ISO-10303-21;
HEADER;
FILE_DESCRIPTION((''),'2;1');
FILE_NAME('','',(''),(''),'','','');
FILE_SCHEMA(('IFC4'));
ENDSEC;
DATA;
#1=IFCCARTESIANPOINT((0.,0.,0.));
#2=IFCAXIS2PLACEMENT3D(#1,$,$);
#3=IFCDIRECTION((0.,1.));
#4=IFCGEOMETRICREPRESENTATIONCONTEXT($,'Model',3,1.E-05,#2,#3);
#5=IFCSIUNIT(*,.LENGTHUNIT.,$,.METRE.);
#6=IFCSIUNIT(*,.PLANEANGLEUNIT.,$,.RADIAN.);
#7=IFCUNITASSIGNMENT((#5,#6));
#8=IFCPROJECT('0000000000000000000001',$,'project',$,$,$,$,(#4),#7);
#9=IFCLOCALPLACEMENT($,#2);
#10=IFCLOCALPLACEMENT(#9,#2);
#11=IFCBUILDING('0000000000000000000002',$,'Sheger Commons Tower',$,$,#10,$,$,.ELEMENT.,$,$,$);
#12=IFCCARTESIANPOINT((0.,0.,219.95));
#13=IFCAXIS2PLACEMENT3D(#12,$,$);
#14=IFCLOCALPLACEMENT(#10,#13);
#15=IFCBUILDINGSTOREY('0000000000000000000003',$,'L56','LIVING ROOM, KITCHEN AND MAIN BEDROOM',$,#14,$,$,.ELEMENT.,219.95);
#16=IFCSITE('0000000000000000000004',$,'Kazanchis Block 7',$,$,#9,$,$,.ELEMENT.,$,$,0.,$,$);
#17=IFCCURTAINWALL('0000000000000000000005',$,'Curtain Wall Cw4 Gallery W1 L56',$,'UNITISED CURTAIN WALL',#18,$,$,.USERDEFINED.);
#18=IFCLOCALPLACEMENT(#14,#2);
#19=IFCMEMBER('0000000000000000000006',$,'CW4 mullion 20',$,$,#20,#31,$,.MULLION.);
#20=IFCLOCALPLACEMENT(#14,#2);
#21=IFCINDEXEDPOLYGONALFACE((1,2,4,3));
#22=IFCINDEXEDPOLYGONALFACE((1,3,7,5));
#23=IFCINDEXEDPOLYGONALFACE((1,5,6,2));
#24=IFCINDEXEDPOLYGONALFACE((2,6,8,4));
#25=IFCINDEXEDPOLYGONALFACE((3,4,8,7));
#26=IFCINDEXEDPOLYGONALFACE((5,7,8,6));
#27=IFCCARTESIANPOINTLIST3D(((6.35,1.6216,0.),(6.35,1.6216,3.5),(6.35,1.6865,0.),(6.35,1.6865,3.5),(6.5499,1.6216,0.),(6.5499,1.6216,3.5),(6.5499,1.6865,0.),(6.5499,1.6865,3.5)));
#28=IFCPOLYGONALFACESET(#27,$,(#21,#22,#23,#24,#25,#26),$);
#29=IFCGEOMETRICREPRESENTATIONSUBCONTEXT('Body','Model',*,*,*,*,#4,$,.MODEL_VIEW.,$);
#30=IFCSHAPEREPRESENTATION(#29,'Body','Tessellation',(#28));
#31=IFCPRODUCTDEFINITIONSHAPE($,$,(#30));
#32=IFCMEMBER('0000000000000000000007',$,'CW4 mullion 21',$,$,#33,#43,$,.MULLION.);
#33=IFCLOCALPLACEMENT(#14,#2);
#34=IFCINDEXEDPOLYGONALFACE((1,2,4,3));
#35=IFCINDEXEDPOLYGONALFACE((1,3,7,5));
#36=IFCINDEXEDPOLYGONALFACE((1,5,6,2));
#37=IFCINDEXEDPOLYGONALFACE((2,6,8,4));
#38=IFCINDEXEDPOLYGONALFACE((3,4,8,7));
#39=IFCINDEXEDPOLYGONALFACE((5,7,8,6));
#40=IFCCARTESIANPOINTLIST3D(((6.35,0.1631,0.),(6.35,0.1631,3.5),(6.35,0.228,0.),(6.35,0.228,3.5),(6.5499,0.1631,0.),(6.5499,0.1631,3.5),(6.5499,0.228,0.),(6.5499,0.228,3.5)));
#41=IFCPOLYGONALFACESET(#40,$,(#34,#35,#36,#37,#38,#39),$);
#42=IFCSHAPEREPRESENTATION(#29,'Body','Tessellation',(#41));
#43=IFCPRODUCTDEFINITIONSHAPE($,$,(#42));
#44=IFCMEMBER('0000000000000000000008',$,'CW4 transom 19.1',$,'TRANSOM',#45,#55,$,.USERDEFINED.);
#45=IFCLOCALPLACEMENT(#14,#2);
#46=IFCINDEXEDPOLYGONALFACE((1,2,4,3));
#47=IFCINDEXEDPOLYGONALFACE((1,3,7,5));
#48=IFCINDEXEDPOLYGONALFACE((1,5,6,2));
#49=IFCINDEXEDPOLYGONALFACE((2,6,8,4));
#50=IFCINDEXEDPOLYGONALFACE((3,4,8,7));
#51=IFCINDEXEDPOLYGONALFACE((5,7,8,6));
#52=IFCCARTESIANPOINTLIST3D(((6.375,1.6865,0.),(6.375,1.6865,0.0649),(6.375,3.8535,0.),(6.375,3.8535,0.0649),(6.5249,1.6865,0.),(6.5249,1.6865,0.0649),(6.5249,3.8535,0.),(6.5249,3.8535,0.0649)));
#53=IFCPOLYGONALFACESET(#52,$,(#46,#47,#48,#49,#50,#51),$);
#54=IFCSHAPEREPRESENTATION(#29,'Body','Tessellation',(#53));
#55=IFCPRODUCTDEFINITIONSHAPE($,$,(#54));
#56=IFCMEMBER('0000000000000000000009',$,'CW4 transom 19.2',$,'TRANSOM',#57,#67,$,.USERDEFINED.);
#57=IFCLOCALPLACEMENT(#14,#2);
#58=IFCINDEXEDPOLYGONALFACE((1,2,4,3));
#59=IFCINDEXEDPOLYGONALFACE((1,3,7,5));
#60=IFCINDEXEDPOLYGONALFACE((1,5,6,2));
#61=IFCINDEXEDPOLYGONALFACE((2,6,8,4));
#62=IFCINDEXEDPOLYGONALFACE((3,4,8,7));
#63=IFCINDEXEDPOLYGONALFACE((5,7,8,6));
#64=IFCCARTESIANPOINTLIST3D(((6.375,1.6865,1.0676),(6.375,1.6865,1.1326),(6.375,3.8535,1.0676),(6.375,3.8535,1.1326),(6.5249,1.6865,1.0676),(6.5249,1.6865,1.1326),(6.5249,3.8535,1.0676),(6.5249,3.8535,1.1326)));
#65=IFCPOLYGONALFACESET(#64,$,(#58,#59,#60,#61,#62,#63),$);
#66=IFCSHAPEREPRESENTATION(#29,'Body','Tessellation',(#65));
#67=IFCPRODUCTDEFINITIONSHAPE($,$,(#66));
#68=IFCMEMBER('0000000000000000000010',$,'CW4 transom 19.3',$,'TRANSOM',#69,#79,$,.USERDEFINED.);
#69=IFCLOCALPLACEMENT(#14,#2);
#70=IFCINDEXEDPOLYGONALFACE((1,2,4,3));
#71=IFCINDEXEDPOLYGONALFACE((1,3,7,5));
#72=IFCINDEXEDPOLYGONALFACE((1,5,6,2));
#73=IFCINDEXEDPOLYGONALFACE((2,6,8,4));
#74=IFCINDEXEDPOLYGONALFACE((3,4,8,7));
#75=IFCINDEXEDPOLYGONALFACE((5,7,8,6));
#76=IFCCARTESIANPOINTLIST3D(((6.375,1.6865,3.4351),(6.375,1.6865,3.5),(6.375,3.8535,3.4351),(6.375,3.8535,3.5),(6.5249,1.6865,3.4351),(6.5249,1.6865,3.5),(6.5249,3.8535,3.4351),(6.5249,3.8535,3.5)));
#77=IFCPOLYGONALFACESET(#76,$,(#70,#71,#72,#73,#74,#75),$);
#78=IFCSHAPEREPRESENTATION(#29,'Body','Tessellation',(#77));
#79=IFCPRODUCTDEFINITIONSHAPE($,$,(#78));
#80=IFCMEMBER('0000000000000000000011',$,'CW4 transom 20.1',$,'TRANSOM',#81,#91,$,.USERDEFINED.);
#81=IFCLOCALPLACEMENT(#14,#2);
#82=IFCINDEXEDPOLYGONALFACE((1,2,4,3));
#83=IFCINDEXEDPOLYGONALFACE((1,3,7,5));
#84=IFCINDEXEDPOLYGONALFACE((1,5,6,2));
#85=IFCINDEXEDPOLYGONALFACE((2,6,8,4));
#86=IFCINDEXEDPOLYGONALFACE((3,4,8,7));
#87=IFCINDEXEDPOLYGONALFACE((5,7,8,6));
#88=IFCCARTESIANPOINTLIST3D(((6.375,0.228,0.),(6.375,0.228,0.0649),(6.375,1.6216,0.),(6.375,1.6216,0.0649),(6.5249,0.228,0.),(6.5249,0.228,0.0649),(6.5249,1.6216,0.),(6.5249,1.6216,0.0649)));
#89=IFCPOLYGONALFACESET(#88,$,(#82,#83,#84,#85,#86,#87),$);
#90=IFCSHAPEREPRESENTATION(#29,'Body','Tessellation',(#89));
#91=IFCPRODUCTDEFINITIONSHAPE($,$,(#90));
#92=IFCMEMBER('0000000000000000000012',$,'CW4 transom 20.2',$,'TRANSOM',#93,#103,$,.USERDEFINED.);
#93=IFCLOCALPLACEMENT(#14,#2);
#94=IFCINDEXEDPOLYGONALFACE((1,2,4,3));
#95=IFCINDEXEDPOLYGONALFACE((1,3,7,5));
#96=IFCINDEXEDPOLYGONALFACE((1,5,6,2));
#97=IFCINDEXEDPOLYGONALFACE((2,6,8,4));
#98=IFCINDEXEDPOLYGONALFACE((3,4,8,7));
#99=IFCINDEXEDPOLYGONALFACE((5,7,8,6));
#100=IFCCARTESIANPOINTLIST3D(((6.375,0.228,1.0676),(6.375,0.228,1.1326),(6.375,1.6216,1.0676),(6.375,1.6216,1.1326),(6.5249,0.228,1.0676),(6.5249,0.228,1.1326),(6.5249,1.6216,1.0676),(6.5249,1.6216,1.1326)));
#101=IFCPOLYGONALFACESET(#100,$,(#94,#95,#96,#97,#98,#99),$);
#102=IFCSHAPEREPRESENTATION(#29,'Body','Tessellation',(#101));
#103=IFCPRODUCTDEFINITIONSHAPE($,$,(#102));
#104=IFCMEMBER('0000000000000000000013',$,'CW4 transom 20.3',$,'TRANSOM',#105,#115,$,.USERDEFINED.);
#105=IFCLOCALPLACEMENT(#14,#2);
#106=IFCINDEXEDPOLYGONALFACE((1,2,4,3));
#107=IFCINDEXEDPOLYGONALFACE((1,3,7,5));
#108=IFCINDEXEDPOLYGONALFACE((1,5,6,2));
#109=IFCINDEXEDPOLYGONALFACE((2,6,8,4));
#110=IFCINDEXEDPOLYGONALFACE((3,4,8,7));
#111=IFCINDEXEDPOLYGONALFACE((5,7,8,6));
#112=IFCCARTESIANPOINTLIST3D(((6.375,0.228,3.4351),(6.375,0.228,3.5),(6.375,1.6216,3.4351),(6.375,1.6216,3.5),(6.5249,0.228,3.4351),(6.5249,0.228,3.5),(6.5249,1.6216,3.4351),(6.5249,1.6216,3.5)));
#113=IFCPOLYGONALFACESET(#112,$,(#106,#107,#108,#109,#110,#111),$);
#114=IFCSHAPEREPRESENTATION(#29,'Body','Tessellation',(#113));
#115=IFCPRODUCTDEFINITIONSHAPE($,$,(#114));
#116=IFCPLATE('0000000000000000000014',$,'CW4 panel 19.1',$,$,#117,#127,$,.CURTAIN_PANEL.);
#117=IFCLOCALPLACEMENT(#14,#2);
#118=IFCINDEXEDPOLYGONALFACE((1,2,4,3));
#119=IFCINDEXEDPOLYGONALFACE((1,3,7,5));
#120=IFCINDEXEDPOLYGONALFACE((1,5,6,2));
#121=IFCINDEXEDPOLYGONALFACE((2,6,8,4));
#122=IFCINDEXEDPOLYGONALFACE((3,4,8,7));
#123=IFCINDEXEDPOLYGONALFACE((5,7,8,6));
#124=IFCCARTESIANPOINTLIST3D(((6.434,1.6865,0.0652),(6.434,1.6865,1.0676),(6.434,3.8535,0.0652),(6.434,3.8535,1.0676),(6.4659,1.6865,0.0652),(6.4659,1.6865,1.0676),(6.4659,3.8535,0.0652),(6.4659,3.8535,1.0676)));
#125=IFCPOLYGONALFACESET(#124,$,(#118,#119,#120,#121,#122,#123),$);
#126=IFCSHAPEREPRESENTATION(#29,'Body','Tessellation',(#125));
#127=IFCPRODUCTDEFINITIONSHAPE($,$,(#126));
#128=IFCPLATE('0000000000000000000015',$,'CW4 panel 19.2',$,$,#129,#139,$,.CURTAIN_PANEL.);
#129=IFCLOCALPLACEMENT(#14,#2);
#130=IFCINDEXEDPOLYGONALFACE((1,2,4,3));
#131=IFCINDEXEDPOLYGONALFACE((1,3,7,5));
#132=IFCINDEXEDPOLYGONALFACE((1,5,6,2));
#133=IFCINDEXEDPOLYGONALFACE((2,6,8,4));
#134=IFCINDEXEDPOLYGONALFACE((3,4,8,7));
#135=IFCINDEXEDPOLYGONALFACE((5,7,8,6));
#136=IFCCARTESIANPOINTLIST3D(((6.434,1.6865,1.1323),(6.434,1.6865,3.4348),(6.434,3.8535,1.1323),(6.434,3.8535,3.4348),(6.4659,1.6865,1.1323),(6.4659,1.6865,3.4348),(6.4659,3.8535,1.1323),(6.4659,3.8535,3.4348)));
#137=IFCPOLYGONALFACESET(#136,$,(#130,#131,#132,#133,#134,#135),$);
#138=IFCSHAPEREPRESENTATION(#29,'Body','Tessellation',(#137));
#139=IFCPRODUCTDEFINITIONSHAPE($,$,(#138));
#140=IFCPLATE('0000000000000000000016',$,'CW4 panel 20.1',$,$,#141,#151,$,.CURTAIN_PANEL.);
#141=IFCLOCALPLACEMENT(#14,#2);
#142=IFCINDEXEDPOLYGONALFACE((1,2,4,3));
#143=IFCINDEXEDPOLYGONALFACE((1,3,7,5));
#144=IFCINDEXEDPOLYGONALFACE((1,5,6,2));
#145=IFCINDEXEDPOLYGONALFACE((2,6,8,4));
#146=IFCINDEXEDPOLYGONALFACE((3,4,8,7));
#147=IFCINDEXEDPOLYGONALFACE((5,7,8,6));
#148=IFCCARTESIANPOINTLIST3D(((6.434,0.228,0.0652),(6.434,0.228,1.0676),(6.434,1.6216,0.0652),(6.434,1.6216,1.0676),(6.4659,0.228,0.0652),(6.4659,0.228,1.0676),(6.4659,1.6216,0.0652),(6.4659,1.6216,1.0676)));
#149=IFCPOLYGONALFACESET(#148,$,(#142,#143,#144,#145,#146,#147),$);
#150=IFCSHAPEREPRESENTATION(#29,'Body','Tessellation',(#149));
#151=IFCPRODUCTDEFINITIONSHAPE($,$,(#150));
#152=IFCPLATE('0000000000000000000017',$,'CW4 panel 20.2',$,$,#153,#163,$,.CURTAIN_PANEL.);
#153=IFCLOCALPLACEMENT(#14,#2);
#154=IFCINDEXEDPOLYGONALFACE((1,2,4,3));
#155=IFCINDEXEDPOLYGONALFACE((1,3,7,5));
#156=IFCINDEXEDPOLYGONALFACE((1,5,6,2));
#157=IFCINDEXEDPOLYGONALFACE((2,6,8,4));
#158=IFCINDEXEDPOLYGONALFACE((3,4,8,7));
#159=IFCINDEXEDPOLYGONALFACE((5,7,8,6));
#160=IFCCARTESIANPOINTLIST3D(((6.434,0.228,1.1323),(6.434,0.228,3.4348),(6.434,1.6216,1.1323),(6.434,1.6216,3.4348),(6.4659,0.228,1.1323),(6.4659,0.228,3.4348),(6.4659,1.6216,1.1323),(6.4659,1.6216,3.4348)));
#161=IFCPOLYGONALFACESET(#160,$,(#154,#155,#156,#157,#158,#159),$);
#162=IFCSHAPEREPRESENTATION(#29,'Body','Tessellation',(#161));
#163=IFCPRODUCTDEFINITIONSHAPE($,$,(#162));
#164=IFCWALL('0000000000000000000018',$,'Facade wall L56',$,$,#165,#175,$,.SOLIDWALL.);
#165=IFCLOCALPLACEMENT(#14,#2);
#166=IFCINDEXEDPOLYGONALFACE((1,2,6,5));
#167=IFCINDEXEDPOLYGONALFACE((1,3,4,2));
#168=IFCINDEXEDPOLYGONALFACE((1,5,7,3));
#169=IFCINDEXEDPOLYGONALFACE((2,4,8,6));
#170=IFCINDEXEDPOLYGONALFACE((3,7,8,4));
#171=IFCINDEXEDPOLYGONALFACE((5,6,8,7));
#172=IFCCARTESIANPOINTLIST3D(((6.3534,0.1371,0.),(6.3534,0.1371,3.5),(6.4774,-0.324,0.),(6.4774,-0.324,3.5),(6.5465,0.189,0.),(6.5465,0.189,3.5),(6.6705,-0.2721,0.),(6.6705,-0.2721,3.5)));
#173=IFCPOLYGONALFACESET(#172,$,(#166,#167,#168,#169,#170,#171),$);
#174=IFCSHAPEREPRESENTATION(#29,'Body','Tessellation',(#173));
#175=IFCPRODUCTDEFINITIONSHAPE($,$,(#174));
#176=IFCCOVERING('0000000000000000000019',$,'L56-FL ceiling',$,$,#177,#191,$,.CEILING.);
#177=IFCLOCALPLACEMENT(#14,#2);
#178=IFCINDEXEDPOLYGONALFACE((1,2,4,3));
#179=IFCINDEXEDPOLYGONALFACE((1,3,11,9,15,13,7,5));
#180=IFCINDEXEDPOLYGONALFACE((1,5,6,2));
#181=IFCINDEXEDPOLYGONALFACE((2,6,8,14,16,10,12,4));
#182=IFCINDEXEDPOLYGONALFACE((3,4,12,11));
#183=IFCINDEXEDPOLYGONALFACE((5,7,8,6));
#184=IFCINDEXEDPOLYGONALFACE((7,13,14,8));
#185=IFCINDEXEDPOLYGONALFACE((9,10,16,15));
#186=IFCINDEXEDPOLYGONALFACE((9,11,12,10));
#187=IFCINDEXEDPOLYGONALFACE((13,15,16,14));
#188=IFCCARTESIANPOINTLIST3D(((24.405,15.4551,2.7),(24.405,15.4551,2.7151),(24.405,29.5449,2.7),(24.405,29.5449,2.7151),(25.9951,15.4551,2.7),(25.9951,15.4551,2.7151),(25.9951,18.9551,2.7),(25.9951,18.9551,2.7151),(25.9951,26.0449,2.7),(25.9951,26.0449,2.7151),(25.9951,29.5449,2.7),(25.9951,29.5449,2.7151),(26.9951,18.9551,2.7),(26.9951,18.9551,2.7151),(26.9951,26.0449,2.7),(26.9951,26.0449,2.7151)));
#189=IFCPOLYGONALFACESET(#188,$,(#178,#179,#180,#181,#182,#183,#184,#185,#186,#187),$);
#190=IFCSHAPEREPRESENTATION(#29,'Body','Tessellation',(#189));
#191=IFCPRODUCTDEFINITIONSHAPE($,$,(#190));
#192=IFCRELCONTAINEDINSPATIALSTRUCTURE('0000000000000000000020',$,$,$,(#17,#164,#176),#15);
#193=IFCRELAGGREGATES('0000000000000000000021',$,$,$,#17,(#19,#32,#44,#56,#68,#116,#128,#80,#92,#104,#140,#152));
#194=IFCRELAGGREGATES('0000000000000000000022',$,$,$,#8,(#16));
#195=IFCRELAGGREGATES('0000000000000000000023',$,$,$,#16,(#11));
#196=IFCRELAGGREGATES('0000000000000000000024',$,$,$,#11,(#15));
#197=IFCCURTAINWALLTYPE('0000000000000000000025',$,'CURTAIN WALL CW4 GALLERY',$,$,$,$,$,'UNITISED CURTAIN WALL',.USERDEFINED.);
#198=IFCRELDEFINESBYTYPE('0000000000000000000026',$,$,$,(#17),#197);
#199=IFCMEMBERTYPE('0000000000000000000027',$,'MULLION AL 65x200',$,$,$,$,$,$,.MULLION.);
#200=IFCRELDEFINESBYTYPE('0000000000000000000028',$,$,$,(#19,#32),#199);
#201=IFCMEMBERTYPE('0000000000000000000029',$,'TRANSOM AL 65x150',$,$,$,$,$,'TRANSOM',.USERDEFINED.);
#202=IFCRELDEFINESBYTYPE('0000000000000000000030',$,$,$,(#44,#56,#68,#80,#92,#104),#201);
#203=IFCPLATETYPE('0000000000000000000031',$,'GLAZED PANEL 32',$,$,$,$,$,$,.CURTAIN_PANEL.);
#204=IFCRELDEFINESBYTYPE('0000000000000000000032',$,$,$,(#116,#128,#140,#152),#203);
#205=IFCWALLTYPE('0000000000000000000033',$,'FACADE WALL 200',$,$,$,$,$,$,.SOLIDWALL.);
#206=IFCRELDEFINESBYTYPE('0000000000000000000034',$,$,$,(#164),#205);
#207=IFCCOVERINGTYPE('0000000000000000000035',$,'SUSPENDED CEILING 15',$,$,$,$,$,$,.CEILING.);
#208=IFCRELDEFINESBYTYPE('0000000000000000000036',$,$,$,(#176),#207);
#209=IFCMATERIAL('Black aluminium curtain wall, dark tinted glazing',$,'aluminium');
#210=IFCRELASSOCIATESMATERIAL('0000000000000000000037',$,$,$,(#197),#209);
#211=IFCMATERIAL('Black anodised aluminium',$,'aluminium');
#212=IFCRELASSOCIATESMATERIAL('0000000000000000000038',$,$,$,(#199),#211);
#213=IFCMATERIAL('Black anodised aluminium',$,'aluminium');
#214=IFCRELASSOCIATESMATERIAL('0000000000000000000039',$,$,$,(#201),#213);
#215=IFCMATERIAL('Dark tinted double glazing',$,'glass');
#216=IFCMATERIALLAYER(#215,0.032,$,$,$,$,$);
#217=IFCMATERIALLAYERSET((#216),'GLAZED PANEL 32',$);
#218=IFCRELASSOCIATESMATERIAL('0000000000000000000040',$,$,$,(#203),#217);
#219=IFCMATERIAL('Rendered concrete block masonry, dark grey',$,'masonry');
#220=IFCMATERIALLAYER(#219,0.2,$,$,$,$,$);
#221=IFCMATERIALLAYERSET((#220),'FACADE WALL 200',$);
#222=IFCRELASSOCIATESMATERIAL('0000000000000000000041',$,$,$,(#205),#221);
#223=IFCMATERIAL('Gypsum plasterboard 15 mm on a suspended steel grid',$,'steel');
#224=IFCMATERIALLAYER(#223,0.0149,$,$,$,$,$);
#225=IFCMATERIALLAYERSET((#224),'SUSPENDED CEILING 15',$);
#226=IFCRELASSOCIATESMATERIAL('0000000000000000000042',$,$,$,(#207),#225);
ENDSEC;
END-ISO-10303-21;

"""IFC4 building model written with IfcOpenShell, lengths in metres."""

from ifc_helpers import new_model, si_unit, direction, frame, frame_2d, origin, origin_2d, place, context, subcontext, project, spatial, polyline, rectangle, outline, extrude, material, layer, layer_set, material_profile, profile_set, type_object, element, aggregate, save


model = new_model("IFC4")

# Units and contexts
model_context = context("Model", 3, precision=1e-05, world=origin(), true_north=direction((0.0, 1.0)))
body_context = subcontext(model_context, "Body", "Model", "MODEL_VIEW")
ifc_project = project(units=[si_unit("LENGTHUNIT", "METRE"), si_unit("PLANEANGLEUNIT", "RADIAN")], contexts=[model_context])

# Site, building, storey
site_placement = place(None, origin())
site = spatial("IfcSite", under=ifc_project, at=site_placement, Name="Kazanchis Block 7", CompositionType="ELEMENT", RefElevation=0.0)
building_placement = place(site_placement, origin())
building = spatial("IfcBuilding", under=site, at=building_placement, Name="Sheger Commons Tower", CompositionType="ELEMENT")
storey_placement = place(building_placement, frame((0.0, 0.0, 219.95)))
storey = spatial("IfcBuildingStorey", under=building, at=storey_placement, Name="L56", Description="LIVING ROOM, KITCHEN AND MAIN BEDROOM", CompositionType="ELEMENT", Elevation=219.95)

# Curtain wall, members, plates
ifc_material_1 = material(Name="Black aluminium curtain wall, dark tinted glazing", Category="aluminium")
curtain_wall_type = type_object("IfcCurtainWallType", Name="CURTAIN WALL CW4 GALLERY", ElementType="UNITISED CURTAIN WALL", PredefinedType="USERDEFINED", material=ifc_material_1)
curtain_wall_placement = place(storey_placement, origin())
curtain_wall = element("IfcCurtainWall", 1, at=curtain_wall_placement, inside=storey, type_object=curtain_wall_type, Name="Curtain Wall Cw4 Gallery W1 L56", ObjectType="UNITISED CURTAIN WALL", PredefinedType="USERDEFINED")
ifc_material_2 = material(Name="Black anodised aluminium", Category="aluminium")
ifc_material_profile_1 = material_profile(ifc_material_2, rectangle(XDim=0.2, YDim=0.0649, at=origin_2d()), Name="AL 65x200")
ifc_profile_set_1 = profile_set([ifc_material_profile_1], Name="Black anodised aluminium")
member_type_1 = type_object("IfcMemberType", Name="MULLION AL 65x200", PredefinedType="MULLION", material=ifc_profile_set_1)
member_1_placement = place(storey_placement, frame((6.45, 1.6541, 0.0), z_axis=(0.0, 0.0, 1.0), x_axis=(1.0, 0.0, 0.0)))
member_1 = element("IfcMember", 2, at=member_1_placement, type_object=member_type_1, Name="CW4 mullion 20", PredefinedType="MULLION", context=body_context, shape_type="SweptSolid", body=[
    extrude(rectangle(XDim=0.2, YDim=0.0649, at=origin_2d()), origin(), (0.0, 0.0, 1.0), 3.5),
])
member_2_placement = place(storey_placement, frame((6.45, 0.1956, 0.0), z_axis=(0.0, 0.0, 1.0), x_axis=(1.0, 0.0, 0.0)))
member_2 = element("IfcMember", 3, at=member_2_placement, type_object=member_type_1, Name="CW4 mullion 21", PredefinedType="MULLION", context=body_context, shape_type="SweptSolid", body=[
    extrude(rectangle(XDim=0.2, YDim=0.0649, at=origin_2d()), origin(), (0.0, 0.0, 1.0), 3.5),
])
ifc_material_3 = material(Name="Black anodised aluminium", Category="aluminium")
ifc_material_profile_2 = material_profile(ifc_material_3, rectangle(XDim=0.1499, YDim=0.0649, at=origin_2d()), Name="AL 65x150")
ifc_profile_set_2 = profile_set([ifc_material_profile_2], Name="Black anodised aluminium")
member_type_2 = type_object("IfcMemberType", Name="TRANSOM AL 65x150", ElementType="TRANSOM", PredefinedType="USERDEFINED", material=ifc_profile_set_2)
member_3_placement = place(storey_placement, frame((6.45, 3.8535, 0.0325), z_axis=(0.0, -1.0, 0.0), x_axis=(1.0, 0.0, 0.0)))
member_3 = element("IfcMember", 4, at=member_3_placement, type_object=member_type_2, Name="CW4 transom 19.1", ObjectType="TRANSOM", PredefinedType="USERDEFINED", context=body_context, shape_type="SweptSolid", body=[
    extrude(rectangle(XDim=0.1499, YDim=0.0649, at=origin_2d()), origin(), (0.0, 0.0, 1.0), 2.167),
])
member_4_placement = place(storey_placement, frame((6.45, 3.8535, 1.1001), z_axis=(0.0, -1.0, 0.0), x_axis=(1.0, 0.0, 0.0)))
member_4 = element("IfcMember", 5, at=member_4_placement, type_object=member_type_2, Name="CW4 transom 19.2", ObjectType="TRANSOM", PredefinedType="USERDEFINED", context=body_context, shape_type="SweptSolid", body=[
    extrude(rectangle(XDim=0.1499, YDim=0.0649, at=origin_2d()), origin(), (0.0, 0.0, 1.0), 2.167),
])
member_5_placement = place(storey_placement, frame((6.45, 3.8535, 3.4675), z_axis=(0.0, -1.0, 0.0), x_axis=(1.0, 0.0, 0.0)))
member_5 = element("IfcMember", 6, at=member_5_placement, type_object=member_type_2, Name="CW4 transom 19.3", ObjectType="TRANSOM", PredefinedType="USERDEFINED", context=body_context, shape_type="SweptSolid", body=[
    extrude(rectangle(XDim=0.1499, YDim=0.0649, at=origin_2d()), origin(), (0.0, 0.0, 1.0), 2.167),
])
member_6_placement = place(storey_placement, frame((6.45, 1.6216, 0.0325), z_axis=(0.0, -1.0, 0.0), x_axis=(1.0, 0.0, 0.0)))
member_6 = element("IfcMember", 7, at=member_6_placement, type_object=member_type_2, Name="CW4 transom 20.1", ObjectType="TRANSOM", PredefinedType="USERDEFINED", context=body_context, shape_type="SweptSolid", body=[
    extrude(rectangle(XDim=0.1499, YDim=0.0649, at=origin_2d()), origin(), (0.0, 0.0, 1.0), 1.3936),
])
member_7_placement = place(storey_placement, frame((6.45, 1.6216, 1.1001), z_axis=(0.0, -1.0, 0.0), x_axis=(1.0, 0.0, 0.0)))
member_7 = element("IfcMember", 8, at=member_7_placement, type_object=member_type_2, Name="CW4 transom 20.2", ObjectType="TRANSOM", PredefinedType="USERDEFINED", context=body_context, shape_type="SweptSolid", body=[
    extrude(rectangle(XDim=0.1499, YDim=0.0649, at=origin_2d()), origin(), (0.0, 0.0, 1.0), 1.3936),
])
member_8_placement = place(storey_placement, frame((6.45, 1.6216, 3.4675), z_axis=(0.0, -1.0, 0.0), x_axis=(1.0, 0.0, 0.0)))
member_8 = element("IfcMember", 9, at=member_8_placement, type_object=member_type_2, Name="CW4 transom 20.3", ObjectType="TRANSOM", PredefinedType="USERDEFINED", context=body_context, shape_type="SweptSolid", body=[
    extrude(rectangle(XDim=0.1499, YDim=0.0649, at=origin_2d()), origin(), (0.0, 0.0, 1.0), 1.3936),
])
ifc_material_4 = material(Name="Dark tinted double glazing", Category="glass")
ifc_layer_1 = layer(ifc_material_4, 0.032)
ifc_layer_set_1 = layer_set([ifc_layer_1], Name="GLAZED PANEL 32")
plate_type = type_object("IfcPlateType", Name="GLAZED PANEL 32", PredefinedType="CURTAIN_PANEL", material=ifc_layer_set_1)
plate_1_placement = place(storey_placement, frame((6.45, 2.77, 0.0652), z_axis=(0.0, 0.0, 1.0), x_axis=(0.0, -1.0, 0.0)))
plate_1 = element("IfcPlate", 10, at=plate_1_placement, type_object=plate_type, Name="CW4 panel 19.1", PredefinedType="CURTAIN_PANEL", context=body_context, shape_type="SweptSolid", body=[
    extrude(rectangle(XDim=2.167, YDim=0.032, at=origin_2d()), origin(), (0.0, 0.0, 1.0), 1.0024),
])
plate_2_placement = place(storey_placement, frame((6.45, 2.77, 1.1323), z_axis=(0.0, 0.0, 1.0), x_axis=(0.0, -1.0, 0.0)))
plate_2 = element("IfcPlate", 11, at=plate_2_placement, type_object=plate_type, Name="CW4 panel 19.2", PredefinedType="CURTAIN_PANEL", context=body_context, shape_type="SweptSolid", body=[
    extrude(rectangle(XDim=2.167, YDim=0.032, at=origin_2d()), origin(), (0.0, 0.0, 1.0), 2.3025),
])
plate_3_placement = place(storey_placement, frame((6.45, 0.9248, 0.0652), z_axis=(0.0, 0.0, 1.0), x_axis=(0.0, -1.0, 0.0)))
plate_3 = element("IfcPlate", 12, at=plate_3_placement, type_object=plate_type, Name="CW4 panel 20.1", PredefinedType="CURTAIN_PANEL", context=body_context, shape_type="SweptSolid", body=[
    extrude(rectangle(XDim=1.3936, YDim=0.032, at=origin_2d()), origin(), (0.0, 0.0, 1.0), 1.0024),
])
plate_4_placement = place(storey_placement, frame((6.45, 0.9248, 1.1323), z_axis=(0.0, 0.0, 1.0), x_axis=(0.0, -1.0, 0.0)))
plate_4 = element("IfcPlate", 13, at=plate_4_placement, type_object=plate_type, Name="CW4 panel 20.2", PredefinedType="CURTAIN_PANEL", context=body_context, shape_type="SweptSolid", body=[
    extrude(rectangle(XDim=1.3936, YDim=0.032, at=origin_2d()), origin(), (0.0, 0.0, 1.0), 2.3025),
])
aggregate(curtain_wall, [member_1, member_2, member_3, member_4, member_5, plate_1, plate_2, member_6, member_7, member_8, plate_3, plate_4])

# Wall
ifc_material_5 = material(Name="Rendered concrete block masonry, dark grey", Category="masonry")
ifc_layer_2 = layer(ifc_material_5, 0.2)
ifc_layer_set_2 = layer_set([ifc_layer_2], Name="FACADE WALL 200")
wall_type = type_object("IfcWallType", Name="FACADE WALL 200", PredefinedType="SOLIDWALL", material=ifc_layer_set_2)
wall_placement = place(storey_placement, frame((6.45, 0.1631, 0.0), z_axis=(0.0, 0.0, 1.0), x_axis=(0.259698, -0.96569, 0.0)))
element("IfcWall", 14, at=wall_placement, inside=storey, type_object=wall_type, Name="Facade wall L56", PredefinedType="SOLIDWALL", context=body_context, shape_type="SweptSolid", body=[
    extrude(rectangle(XDim=0.4775, YDim=0.2, at=frame_2d((0.2388, 0.0))), origin(), (0.0, 0.0, 1.0), 3.5),
])

# Covering
ifc_material_6 = material(Name="Gypsum plasterboard 15 mm on a suspended steel grid", Category="steel")
ifc_layer_3 = layer(ifc_material_6, 0.0149)
ifc_layer_set_3 = layer_set([ifc_layer_3], Name="SUSPENDED CEILING 15")
covering_type = type_object("IfcCoveringType", Name="SUSPENDED CEILING 15", PredefinedType="CEILING", material=ifc_layer_set_3)
covering_placement = place(storey_placement, frame((0.0, 0.0, 2.7)))
element("IfcCovering", 15, at=covering_placement, inside=storey, type_object=covering_type, Name="L56-FL ceiling", PredefinedType="CEILING", context=body_context, shape_type="SweptSolid", body=[
    extrude(outline(polyline([(24.405, 15.4551), (25.9951, 15.4551), (25.9951, 18.9551), (26.9951, 18.9551), (26.9951, 26.0449), (25.9951, 26.0449), (25.9951, 29.5449), (24.405, 29.5449), (24.405, 15.4551)])), origin(), (0.0, 0.0, 1.0), 0.0151),
])

save(model, "model.ifc")
